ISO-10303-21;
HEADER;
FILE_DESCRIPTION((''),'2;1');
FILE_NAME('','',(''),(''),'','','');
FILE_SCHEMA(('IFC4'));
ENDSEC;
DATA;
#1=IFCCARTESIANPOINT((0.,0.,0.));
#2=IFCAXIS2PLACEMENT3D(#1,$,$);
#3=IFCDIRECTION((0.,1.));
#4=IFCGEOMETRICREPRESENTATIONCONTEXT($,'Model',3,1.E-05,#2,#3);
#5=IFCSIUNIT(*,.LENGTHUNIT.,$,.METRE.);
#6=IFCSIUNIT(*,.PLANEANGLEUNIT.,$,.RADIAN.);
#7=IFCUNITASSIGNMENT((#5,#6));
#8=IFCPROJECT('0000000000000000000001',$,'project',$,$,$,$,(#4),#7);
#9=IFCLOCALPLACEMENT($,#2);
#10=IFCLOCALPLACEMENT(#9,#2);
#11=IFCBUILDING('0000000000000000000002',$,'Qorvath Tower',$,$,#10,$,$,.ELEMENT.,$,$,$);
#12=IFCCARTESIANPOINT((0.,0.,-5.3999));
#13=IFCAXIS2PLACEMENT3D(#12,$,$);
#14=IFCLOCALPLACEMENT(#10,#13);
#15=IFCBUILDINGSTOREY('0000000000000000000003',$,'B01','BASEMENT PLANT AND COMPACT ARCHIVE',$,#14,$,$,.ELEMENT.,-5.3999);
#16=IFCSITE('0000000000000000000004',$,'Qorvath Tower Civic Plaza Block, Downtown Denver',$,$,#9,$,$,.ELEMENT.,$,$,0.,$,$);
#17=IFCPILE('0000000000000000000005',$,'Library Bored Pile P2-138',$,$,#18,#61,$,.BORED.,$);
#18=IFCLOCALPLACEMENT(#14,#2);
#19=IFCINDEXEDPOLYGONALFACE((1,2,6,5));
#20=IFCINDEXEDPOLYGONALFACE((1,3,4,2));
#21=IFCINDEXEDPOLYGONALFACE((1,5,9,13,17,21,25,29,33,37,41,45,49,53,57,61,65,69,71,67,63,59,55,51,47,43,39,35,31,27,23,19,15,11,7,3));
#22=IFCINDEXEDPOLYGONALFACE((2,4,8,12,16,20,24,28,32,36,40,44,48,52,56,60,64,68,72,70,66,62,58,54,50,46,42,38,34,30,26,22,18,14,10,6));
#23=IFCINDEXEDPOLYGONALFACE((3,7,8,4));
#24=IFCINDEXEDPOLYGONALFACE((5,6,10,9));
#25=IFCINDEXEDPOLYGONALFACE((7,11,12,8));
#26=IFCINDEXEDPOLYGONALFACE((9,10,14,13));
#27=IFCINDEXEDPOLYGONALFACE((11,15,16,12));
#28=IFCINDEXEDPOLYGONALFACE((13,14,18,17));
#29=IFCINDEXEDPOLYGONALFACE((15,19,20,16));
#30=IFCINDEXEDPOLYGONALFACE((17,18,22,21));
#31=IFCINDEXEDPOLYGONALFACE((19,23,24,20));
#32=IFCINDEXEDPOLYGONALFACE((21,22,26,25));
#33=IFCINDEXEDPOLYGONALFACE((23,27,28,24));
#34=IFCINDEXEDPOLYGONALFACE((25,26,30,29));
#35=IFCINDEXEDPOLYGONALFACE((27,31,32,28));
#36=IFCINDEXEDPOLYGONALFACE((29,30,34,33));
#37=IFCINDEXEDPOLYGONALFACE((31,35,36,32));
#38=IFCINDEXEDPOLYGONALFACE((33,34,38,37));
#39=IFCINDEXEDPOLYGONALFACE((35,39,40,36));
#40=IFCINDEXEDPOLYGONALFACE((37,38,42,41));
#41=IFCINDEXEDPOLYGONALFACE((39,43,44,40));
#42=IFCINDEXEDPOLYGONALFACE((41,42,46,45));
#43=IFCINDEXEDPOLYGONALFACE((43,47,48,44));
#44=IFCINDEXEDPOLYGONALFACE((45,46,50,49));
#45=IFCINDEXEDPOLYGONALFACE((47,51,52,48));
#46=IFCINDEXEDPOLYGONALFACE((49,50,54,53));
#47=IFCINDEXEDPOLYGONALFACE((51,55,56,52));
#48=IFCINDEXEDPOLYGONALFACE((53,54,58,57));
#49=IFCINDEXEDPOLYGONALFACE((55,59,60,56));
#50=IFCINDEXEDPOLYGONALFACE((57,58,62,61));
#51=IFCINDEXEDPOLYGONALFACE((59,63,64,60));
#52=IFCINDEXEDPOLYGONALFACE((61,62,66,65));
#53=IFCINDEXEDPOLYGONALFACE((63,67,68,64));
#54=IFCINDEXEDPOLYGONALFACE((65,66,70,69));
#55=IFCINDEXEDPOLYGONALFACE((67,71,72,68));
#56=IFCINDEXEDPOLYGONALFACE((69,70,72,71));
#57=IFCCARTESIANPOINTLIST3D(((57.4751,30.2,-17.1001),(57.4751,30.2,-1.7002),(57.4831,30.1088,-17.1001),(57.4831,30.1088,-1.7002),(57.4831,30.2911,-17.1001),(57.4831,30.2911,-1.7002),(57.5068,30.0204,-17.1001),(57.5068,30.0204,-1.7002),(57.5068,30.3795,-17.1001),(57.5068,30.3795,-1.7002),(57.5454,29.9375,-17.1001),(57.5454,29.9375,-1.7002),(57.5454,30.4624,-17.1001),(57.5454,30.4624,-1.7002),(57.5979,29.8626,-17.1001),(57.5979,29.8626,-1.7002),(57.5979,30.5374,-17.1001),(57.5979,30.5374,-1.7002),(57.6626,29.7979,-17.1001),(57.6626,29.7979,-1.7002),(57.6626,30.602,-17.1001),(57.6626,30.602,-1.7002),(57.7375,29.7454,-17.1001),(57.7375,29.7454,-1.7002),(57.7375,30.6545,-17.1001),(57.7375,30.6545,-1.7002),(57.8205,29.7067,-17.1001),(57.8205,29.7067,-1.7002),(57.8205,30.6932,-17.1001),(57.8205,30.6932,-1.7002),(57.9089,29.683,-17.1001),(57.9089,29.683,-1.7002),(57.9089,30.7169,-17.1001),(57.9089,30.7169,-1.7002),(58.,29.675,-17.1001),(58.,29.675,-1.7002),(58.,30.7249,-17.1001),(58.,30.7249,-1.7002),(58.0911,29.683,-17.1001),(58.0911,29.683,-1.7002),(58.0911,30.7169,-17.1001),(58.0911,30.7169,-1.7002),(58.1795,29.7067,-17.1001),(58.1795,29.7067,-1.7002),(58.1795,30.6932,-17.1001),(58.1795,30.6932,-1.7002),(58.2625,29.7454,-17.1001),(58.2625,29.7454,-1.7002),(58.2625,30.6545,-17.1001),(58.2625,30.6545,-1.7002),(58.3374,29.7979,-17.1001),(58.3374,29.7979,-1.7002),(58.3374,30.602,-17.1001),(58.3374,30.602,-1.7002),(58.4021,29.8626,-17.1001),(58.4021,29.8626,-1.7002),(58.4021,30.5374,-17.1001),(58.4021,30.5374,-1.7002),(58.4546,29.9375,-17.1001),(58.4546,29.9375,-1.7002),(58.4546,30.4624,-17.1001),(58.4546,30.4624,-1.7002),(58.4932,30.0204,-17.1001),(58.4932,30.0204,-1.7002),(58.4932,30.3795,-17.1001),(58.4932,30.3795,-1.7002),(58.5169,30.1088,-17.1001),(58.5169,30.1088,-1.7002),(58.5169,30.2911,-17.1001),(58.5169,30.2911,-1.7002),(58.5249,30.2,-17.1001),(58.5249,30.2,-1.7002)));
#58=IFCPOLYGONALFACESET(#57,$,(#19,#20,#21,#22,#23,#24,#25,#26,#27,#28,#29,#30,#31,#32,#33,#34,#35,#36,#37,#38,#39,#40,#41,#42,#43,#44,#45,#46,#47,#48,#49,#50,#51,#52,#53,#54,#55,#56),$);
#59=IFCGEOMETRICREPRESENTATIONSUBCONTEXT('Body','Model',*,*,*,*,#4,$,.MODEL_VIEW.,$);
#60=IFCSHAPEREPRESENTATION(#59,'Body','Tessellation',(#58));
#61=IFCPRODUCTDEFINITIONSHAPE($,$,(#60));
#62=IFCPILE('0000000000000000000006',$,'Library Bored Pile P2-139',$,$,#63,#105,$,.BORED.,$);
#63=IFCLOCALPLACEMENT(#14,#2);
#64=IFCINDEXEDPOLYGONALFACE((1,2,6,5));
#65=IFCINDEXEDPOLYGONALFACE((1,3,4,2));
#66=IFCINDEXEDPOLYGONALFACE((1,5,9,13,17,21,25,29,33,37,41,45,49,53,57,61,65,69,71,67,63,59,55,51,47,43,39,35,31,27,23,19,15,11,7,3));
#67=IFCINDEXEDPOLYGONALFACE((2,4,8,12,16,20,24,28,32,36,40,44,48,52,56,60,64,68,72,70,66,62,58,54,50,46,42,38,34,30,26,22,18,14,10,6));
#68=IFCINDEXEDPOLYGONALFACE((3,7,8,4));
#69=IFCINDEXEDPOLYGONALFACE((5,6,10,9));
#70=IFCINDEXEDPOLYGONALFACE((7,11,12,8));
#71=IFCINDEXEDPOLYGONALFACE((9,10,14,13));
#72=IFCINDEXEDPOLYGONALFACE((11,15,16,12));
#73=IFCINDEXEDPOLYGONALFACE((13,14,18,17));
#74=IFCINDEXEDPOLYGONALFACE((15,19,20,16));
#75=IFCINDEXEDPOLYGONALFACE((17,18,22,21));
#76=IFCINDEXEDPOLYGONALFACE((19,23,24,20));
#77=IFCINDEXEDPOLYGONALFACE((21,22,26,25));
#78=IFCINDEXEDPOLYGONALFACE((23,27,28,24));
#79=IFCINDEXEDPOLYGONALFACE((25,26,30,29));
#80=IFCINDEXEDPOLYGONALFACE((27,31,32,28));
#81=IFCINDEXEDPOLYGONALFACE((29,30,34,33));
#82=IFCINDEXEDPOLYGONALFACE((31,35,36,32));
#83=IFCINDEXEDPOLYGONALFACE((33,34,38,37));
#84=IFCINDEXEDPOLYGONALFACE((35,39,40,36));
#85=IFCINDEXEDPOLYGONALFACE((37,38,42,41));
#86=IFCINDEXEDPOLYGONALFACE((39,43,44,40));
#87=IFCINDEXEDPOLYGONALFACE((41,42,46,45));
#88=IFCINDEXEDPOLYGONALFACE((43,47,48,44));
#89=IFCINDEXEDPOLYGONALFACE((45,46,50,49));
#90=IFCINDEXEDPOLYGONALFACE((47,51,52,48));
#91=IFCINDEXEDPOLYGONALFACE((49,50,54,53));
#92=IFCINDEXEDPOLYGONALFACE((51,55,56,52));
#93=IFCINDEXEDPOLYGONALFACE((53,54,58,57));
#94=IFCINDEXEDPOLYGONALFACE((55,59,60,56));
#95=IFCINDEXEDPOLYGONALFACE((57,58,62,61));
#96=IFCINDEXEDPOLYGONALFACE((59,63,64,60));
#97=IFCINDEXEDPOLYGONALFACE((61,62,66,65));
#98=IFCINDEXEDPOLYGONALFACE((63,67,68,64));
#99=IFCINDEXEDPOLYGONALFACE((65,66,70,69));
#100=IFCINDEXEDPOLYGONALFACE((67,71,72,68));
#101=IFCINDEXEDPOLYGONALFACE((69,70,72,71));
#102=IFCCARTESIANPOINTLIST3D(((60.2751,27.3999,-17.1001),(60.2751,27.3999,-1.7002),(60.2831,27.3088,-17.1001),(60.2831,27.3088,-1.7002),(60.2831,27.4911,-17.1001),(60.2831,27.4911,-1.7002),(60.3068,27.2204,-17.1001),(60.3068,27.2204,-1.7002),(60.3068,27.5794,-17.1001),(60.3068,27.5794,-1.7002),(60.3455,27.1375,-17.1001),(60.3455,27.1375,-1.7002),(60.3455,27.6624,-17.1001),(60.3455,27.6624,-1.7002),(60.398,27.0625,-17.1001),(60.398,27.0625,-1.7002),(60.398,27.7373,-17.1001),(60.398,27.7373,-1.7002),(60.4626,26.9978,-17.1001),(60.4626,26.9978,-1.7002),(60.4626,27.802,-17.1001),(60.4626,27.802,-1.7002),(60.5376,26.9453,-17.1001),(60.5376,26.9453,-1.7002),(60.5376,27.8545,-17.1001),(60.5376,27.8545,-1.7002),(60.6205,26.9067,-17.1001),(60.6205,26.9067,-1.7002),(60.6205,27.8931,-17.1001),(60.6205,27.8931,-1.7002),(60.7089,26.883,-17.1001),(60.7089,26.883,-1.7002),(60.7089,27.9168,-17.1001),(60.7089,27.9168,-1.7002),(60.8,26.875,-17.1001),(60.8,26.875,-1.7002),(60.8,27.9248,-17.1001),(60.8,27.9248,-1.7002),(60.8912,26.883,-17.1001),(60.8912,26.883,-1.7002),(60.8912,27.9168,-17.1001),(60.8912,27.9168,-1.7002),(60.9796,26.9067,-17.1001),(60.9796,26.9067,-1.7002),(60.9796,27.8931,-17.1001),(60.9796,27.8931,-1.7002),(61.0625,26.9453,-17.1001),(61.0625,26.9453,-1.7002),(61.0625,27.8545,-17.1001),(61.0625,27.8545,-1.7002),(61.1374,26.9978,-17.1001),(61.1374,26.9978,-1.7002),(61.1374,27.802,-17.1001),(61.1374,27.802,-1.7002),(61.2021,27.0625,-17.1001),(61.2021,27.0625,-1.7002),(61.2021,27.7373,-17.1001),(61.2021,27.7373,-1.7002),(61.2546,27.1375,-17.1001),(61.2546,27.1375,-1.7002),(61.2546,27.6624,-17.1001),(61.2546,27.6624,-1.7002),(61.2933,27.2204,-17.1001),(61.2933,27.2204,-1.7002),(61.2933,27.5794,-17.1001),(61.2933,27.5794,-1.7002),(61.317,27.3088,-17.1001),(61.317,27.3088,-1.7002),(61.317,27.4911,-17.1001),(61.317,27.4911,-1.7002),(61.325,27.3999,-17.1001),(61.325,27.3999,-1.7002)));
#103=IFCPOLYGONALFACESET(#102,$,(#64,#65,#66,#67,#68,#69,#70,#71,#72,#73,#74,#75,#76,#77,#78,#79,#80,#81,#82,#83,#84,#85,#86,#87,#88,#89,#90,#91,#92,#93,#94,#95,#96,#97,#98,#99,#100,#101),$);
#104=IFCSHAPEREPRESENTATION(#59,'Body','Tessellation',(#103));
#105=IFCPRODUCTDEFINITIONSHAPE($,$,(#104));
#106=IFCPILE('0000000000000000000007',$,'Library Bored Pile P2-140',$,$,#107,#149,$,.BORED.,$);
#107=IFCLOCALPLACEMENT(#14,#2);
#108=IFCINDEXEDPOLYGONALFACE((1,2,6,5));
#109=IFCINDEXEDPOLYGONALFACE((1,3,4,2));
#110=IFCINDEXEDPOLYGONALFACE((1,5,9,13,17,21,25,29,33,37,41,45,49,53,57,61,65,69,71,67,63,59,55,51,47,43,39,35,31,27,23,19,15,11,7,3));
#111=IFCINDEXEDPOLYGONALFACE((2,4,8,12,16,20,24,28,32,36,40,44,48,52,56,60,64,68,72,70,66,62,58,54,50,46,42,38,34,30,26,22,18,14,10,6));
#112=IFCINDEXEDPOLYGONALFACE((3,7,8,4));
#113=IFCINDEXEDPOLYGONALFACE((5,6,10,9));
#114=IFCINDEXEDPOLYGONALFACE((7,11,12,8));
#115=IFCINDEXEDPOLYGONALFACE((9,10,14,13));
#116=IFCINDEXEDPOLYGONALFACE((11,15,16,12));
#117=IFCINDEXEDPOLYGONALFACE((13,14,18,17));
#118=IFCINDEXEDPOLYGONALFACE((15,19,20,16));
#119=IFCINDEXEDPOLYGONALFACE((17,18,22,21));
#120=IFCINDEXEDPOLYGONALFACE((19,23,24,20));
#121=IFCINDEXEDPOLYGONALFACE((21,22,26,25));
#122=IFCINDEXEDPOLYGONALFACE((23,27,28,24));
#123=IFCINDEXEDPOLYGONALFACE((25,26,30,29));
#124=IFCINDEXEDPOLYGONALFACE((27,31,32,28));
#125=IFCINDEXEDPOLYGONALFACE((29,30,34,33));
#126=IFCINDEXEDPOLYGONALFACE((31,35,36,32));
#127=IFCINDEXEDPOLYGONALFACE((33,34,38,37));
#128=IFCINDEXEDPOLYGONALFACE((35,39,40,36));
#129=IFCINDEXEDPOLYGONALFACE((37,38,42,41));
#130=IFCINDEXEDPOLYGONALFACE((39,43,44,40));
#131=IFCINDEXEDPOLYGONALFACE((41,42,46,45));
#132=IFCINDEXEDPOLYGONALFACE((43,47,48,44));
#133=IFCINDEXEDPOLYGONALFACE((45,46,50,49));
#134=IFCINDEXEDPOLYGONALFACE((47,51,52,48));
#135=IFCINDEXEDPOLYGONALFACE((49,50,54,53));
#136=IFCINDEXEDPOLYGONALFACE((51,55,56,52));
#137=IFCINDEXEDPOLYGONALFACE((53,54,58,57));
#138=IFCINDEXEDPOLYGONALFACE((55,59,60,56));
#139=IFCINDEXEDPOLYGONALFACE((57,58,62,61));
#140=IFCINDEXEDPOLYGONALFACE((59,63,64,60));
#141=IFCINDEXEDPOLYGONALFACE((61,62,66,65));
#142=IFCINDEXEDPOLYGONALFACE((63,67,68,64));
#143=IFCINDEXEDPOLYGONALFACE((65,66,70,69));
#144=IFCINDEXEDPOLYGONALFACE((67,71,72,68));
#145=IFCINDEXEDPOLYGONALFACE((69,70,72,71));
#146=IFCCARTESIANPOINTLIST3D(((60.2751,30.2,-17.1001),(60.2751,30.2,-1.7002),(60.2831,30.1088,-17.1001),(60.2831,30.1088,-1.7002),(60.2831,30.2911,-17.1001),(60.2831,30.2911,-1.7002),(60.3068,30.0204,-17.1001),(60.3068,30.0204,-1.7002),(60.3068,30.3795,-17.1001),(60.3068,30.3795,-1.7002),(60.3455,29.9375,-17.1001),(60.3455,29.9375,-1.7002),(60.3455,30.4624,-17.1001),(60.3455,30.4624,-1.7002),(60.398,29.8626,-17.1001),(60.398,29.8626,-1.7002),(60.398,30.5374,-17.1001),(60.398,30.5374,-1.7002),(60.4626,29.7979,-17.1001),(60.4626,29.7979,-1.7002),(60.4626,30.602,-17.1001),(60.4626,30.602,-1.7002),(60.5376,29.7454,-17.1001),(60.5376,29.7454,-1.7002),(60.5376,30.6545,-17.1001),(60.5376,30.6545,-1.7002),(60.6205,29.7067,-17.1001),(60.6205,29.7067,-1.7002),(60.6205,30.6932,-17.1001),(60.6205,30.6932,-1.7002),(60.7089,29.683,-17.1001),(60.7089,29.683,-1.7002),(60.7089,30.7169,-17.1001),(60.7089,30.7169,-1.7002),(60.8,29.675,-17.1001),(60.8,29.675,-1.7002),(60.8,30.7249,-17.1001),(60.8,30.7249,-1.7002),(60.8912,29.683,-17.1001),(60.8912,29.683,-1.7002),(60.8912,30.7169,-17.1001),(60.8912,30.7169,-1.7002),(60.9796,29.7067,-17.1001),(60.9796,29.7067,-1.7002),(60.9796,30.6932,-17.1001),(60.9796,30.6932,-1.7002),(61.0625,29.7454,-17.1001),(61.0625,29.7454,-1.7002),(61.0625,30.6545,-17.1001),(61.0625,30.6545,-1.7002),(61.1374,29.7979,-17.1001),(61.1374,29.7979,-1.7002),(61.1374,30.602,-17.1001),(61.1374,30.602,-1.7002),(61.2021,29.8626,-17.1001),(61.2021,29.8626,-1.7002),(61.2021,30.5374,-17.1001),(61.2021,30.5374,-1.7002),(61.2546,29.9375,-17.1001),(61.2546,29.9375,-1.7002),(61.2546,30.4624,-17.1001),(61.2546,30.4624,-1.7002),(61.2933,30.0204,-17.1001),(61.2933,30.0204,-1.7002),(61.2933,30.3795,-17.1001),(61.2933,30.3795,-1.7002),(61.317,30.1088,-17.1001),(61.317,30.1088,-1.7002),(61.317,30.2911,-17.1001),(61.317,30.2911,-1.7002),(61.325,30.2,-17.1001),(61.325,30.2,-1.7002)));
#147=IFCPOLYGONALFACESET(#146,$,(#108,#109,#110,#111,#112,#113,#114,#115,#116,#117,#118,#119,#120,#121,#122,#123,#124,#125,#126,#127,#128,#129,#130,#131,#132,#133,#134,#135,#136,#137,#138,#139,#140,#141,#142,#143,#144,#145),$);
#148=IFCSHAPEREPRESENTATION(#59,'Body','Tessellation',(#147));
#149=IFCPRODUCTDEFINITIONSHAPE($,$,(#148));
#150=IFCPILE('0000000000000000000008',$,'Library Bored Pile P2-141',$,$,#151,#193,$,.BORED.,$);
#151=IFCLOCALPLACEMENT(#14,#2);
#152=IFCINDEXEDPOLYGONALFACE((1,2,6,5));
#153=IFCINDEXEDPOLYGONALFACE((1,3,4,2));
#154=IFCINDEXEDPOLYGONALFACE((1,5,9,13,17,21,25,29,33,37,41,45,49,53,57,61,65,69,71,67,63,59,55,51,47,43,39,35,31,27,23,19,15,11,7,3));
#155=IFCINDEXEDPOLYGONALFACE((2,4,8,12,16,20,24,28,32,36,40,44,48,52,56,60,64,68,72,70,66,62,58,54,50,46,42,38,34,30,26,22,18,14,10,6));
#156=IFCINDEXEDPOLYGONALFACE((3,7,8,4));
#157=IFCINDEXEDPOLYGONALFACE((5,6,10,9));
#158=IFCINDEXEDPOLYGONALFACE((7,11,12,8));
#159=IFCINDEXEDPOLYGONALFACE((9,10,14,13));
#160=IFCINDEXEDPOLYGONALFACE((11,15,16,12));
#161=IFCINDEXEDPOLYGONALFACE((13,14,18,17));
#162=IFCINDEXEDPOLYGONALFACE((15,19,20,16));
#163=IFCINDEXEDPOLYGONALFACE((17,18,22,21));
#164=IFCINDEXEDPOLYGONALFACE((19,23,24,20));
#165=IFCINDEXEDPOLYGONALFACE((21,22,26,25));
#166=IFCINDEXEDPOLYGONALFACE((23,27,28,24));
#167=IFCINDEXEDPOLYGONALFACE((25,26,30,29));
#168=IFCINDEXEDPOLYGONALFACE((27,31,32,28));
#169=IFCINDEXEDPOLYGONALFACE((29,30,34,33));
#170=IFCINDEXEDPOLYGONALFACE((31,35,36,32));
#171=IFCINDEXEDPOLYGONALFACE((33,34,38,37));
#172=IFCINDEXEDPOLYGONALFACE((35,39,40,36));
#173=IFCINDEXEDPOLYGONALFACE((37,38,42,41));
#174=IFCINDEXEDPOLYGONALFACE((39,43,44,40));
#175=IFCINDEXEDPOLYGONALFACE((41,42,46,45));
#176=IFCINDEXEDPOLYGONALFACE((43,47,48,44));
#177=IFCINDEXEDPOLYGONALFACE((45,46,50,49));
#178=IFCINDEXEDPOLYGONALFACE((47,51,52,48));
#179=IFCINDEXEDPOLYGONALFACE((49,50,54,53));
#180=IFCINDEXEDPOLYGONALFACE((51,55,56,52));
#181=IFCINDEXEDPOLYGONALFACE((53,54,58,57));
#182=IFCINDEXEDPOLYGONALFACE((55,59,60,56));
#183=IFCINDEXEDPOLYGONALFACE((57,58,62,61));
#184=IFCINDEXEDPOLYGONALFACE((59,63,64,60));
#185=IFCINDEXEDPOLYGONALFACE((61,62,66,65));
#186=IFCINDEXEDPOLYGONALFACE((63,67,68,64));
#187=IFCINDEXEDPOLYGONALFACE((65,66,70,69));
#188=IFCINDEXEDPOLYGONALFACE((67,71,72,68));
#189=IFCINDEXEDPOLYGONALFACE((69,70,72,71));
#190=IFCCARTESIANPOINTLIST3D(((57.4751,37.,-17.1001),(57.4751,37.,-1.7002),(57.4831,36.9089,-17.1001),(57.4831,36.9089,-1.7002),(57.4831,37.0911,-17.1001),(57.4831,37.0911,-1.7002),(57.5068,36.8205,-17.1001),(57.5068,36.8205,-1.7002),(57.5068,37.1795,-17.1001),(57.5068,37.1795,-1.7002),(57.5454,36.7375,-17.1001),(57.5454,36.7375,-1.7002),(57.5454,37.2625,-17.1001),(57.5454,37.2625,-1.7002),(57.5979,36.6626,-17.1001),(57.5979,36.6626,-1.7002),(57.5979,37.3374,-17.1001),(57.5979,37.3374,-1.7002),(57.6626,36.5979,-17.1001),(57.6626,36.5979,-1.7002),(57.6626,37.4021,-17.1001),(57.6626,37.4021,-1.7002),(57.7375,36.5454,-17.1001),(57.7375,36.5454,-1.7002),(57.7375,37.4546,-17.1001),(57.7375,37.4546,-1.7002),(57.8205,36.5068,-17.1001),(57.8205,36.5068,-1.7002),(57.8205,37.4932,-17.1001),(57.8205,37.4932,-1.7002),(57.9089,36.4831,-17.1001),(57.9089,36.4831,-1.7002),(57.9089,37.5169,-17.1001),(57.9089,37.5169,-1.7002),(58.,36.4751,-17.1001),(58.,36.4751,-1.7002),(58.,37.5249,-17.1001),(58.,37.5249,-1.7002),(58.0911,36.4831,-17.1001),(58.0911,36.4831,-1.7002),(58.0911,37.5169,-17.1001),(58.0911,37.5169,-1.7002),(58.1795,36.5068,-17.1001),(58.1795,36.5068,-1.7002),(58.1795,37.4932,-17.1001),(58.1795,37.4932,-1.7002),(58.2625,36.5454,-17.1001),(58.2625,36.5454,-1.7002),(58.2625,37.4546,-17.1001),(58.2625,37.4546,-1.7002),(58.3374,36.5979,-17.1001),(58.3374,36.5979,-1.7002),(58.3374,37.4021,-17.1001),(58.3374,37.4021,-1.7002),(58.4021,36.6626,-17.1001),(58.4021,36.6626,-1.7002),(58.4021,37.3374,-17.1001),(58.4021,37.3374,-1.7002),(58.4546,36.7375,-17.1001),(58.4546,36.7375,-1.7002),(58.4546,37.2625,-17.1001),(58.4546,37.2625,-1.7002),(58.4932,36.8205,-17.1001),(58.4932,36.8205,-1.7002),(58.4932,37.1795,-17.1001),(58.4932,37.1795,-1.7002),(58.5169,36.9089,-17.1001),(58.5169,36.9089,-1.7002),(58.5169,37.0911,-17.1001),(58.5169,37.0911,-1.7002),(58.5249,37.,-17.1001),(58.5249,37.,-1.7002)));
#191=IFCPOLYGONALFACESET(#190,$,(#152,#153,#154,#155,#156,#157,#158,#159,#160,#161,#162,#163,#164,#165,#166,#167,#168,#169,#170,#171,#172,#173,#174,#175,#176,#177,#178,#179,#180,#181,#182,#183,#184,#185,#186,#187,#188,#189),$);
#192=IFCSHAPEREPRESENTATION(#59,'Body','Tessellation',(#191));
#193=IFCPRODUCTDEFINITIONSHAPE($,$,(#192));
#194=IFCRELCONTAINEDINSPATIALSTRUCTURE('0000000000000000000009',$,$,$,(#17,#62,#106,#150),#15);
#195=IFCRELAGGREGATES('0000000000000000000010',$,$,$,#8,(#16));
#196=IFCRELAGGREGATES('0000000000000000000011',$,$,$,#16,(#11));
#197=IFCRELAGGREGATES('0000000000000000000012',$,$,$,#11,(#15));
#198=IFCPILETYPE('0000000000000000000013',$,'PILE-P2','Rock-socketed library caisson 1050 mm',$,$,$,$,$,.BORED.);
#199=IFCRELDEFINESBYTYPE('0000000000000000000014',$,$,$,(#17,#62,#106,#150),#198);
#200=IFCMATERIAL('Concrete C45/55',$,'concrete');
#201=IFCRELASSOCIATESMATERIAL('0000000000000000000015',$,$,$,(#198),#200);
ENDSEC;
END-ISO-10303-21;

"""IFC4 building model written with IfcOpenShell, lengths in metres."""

from ifc_helpers import new_model, si_unit, direction, frame, origin, origin_2d, place, context, subcontext, project, spatial, circle, extrude, material, material_profile, profile_set, type_object, element, save


model = new_model("IFC4")

# Units and contexts
model_context = context("Model", 3, precision=1e-05, world=origin(), true_north=direction((0.0, 1.0)))
body_context = subcontext(model_context, "Body", "Model", "MODEL_VIEW")
ifc_project = project(units=[si_unit("LENGTHUNIT", "METRE"), si_unit("PLANEANGLEUNIT", "RADIAN")], contexts=[model_context])

# Site, building, storey
site_placement = place(None, origin())
site = spatial("IfcSite", under=ifc_project, at=site_placement, Name="Qorvath Tower Civic Plaza Block, Downtown Denver", CompositionType="ELEMENT", RefElevation=0.0)
building_placement = place(site_placement, origin())
building = spatial("IfcBuilding", under=site, at=building_placement, Name="Qorvath Tower", CompositionType="ELEMENT")
storey_placement = place(building_placement, frame((0.0, 0.0, -5.3999)))
storey = spatial("IfcBuildingStorey", under=building, at=storey_placement, Name="B01", Description="BASEMENT PLANT AND COMPACT ARCHIVE", CompositionType="ELEMENT", Elevation=-5.3999)

# Piles
ifc_material_1 = material(Name="Concrete C45/55", Category="concrete")
ifc_material_profile_1 = material_profile(ifc_material_1, circle(Radius=0.5249, at=origin_2d()), Name="BORED PILE 1050")
ifc_profile_set_1 = profile_set([ifc_material_profile_1], Name="Concrete C45/55")
pile_type = type_object("IfcPileType", Name="PILE-P2", Description="Rock-socketed library caisson 1050 mm", PredefinedType="BORED", material=ifc_profile_set_1)
for number, where, z_axis, x_axis, name in (
    (1, (58.0, 30.2, -1.7002), (0.0, 0.0, -1.0), (1.0, 0.0, 0.0), "Library Bored Pile P2-138"),
    (2, (60.8, 27.3999, -1.7002), (0.0, 0.0, -1.0), (1.0, 0.0, 0.0), "Library Bored Pile P2-139"),
    (3, (60.8, 30.2, -1.7002), (0.0, 0.0, -1.0), (1.0, 0.0, 0.0), "Library Bored Pile P2-140"),
    (4, (58.0, 37.0, -1.7002), (0.0, 0.0, -1.0), (1.0, 0.0, 0.0), "Library Bored Pile P2-141"),
):
    element("IfcPile", number, at=place(storey_placement, frame(where, z_axis=z_axis, x_axis=x_axis)), inside=storey, type_object=pile_type, Name=name, PredefinedType="BORED", context=body_context, shape_type="SweptSolid", body=[
        extrude(circle(Radius=0.5249, at=origin_2d()), origin(), (0.0, 0.0, 1.0), 15.3999),
    ])

save(model, "model.ifc")
